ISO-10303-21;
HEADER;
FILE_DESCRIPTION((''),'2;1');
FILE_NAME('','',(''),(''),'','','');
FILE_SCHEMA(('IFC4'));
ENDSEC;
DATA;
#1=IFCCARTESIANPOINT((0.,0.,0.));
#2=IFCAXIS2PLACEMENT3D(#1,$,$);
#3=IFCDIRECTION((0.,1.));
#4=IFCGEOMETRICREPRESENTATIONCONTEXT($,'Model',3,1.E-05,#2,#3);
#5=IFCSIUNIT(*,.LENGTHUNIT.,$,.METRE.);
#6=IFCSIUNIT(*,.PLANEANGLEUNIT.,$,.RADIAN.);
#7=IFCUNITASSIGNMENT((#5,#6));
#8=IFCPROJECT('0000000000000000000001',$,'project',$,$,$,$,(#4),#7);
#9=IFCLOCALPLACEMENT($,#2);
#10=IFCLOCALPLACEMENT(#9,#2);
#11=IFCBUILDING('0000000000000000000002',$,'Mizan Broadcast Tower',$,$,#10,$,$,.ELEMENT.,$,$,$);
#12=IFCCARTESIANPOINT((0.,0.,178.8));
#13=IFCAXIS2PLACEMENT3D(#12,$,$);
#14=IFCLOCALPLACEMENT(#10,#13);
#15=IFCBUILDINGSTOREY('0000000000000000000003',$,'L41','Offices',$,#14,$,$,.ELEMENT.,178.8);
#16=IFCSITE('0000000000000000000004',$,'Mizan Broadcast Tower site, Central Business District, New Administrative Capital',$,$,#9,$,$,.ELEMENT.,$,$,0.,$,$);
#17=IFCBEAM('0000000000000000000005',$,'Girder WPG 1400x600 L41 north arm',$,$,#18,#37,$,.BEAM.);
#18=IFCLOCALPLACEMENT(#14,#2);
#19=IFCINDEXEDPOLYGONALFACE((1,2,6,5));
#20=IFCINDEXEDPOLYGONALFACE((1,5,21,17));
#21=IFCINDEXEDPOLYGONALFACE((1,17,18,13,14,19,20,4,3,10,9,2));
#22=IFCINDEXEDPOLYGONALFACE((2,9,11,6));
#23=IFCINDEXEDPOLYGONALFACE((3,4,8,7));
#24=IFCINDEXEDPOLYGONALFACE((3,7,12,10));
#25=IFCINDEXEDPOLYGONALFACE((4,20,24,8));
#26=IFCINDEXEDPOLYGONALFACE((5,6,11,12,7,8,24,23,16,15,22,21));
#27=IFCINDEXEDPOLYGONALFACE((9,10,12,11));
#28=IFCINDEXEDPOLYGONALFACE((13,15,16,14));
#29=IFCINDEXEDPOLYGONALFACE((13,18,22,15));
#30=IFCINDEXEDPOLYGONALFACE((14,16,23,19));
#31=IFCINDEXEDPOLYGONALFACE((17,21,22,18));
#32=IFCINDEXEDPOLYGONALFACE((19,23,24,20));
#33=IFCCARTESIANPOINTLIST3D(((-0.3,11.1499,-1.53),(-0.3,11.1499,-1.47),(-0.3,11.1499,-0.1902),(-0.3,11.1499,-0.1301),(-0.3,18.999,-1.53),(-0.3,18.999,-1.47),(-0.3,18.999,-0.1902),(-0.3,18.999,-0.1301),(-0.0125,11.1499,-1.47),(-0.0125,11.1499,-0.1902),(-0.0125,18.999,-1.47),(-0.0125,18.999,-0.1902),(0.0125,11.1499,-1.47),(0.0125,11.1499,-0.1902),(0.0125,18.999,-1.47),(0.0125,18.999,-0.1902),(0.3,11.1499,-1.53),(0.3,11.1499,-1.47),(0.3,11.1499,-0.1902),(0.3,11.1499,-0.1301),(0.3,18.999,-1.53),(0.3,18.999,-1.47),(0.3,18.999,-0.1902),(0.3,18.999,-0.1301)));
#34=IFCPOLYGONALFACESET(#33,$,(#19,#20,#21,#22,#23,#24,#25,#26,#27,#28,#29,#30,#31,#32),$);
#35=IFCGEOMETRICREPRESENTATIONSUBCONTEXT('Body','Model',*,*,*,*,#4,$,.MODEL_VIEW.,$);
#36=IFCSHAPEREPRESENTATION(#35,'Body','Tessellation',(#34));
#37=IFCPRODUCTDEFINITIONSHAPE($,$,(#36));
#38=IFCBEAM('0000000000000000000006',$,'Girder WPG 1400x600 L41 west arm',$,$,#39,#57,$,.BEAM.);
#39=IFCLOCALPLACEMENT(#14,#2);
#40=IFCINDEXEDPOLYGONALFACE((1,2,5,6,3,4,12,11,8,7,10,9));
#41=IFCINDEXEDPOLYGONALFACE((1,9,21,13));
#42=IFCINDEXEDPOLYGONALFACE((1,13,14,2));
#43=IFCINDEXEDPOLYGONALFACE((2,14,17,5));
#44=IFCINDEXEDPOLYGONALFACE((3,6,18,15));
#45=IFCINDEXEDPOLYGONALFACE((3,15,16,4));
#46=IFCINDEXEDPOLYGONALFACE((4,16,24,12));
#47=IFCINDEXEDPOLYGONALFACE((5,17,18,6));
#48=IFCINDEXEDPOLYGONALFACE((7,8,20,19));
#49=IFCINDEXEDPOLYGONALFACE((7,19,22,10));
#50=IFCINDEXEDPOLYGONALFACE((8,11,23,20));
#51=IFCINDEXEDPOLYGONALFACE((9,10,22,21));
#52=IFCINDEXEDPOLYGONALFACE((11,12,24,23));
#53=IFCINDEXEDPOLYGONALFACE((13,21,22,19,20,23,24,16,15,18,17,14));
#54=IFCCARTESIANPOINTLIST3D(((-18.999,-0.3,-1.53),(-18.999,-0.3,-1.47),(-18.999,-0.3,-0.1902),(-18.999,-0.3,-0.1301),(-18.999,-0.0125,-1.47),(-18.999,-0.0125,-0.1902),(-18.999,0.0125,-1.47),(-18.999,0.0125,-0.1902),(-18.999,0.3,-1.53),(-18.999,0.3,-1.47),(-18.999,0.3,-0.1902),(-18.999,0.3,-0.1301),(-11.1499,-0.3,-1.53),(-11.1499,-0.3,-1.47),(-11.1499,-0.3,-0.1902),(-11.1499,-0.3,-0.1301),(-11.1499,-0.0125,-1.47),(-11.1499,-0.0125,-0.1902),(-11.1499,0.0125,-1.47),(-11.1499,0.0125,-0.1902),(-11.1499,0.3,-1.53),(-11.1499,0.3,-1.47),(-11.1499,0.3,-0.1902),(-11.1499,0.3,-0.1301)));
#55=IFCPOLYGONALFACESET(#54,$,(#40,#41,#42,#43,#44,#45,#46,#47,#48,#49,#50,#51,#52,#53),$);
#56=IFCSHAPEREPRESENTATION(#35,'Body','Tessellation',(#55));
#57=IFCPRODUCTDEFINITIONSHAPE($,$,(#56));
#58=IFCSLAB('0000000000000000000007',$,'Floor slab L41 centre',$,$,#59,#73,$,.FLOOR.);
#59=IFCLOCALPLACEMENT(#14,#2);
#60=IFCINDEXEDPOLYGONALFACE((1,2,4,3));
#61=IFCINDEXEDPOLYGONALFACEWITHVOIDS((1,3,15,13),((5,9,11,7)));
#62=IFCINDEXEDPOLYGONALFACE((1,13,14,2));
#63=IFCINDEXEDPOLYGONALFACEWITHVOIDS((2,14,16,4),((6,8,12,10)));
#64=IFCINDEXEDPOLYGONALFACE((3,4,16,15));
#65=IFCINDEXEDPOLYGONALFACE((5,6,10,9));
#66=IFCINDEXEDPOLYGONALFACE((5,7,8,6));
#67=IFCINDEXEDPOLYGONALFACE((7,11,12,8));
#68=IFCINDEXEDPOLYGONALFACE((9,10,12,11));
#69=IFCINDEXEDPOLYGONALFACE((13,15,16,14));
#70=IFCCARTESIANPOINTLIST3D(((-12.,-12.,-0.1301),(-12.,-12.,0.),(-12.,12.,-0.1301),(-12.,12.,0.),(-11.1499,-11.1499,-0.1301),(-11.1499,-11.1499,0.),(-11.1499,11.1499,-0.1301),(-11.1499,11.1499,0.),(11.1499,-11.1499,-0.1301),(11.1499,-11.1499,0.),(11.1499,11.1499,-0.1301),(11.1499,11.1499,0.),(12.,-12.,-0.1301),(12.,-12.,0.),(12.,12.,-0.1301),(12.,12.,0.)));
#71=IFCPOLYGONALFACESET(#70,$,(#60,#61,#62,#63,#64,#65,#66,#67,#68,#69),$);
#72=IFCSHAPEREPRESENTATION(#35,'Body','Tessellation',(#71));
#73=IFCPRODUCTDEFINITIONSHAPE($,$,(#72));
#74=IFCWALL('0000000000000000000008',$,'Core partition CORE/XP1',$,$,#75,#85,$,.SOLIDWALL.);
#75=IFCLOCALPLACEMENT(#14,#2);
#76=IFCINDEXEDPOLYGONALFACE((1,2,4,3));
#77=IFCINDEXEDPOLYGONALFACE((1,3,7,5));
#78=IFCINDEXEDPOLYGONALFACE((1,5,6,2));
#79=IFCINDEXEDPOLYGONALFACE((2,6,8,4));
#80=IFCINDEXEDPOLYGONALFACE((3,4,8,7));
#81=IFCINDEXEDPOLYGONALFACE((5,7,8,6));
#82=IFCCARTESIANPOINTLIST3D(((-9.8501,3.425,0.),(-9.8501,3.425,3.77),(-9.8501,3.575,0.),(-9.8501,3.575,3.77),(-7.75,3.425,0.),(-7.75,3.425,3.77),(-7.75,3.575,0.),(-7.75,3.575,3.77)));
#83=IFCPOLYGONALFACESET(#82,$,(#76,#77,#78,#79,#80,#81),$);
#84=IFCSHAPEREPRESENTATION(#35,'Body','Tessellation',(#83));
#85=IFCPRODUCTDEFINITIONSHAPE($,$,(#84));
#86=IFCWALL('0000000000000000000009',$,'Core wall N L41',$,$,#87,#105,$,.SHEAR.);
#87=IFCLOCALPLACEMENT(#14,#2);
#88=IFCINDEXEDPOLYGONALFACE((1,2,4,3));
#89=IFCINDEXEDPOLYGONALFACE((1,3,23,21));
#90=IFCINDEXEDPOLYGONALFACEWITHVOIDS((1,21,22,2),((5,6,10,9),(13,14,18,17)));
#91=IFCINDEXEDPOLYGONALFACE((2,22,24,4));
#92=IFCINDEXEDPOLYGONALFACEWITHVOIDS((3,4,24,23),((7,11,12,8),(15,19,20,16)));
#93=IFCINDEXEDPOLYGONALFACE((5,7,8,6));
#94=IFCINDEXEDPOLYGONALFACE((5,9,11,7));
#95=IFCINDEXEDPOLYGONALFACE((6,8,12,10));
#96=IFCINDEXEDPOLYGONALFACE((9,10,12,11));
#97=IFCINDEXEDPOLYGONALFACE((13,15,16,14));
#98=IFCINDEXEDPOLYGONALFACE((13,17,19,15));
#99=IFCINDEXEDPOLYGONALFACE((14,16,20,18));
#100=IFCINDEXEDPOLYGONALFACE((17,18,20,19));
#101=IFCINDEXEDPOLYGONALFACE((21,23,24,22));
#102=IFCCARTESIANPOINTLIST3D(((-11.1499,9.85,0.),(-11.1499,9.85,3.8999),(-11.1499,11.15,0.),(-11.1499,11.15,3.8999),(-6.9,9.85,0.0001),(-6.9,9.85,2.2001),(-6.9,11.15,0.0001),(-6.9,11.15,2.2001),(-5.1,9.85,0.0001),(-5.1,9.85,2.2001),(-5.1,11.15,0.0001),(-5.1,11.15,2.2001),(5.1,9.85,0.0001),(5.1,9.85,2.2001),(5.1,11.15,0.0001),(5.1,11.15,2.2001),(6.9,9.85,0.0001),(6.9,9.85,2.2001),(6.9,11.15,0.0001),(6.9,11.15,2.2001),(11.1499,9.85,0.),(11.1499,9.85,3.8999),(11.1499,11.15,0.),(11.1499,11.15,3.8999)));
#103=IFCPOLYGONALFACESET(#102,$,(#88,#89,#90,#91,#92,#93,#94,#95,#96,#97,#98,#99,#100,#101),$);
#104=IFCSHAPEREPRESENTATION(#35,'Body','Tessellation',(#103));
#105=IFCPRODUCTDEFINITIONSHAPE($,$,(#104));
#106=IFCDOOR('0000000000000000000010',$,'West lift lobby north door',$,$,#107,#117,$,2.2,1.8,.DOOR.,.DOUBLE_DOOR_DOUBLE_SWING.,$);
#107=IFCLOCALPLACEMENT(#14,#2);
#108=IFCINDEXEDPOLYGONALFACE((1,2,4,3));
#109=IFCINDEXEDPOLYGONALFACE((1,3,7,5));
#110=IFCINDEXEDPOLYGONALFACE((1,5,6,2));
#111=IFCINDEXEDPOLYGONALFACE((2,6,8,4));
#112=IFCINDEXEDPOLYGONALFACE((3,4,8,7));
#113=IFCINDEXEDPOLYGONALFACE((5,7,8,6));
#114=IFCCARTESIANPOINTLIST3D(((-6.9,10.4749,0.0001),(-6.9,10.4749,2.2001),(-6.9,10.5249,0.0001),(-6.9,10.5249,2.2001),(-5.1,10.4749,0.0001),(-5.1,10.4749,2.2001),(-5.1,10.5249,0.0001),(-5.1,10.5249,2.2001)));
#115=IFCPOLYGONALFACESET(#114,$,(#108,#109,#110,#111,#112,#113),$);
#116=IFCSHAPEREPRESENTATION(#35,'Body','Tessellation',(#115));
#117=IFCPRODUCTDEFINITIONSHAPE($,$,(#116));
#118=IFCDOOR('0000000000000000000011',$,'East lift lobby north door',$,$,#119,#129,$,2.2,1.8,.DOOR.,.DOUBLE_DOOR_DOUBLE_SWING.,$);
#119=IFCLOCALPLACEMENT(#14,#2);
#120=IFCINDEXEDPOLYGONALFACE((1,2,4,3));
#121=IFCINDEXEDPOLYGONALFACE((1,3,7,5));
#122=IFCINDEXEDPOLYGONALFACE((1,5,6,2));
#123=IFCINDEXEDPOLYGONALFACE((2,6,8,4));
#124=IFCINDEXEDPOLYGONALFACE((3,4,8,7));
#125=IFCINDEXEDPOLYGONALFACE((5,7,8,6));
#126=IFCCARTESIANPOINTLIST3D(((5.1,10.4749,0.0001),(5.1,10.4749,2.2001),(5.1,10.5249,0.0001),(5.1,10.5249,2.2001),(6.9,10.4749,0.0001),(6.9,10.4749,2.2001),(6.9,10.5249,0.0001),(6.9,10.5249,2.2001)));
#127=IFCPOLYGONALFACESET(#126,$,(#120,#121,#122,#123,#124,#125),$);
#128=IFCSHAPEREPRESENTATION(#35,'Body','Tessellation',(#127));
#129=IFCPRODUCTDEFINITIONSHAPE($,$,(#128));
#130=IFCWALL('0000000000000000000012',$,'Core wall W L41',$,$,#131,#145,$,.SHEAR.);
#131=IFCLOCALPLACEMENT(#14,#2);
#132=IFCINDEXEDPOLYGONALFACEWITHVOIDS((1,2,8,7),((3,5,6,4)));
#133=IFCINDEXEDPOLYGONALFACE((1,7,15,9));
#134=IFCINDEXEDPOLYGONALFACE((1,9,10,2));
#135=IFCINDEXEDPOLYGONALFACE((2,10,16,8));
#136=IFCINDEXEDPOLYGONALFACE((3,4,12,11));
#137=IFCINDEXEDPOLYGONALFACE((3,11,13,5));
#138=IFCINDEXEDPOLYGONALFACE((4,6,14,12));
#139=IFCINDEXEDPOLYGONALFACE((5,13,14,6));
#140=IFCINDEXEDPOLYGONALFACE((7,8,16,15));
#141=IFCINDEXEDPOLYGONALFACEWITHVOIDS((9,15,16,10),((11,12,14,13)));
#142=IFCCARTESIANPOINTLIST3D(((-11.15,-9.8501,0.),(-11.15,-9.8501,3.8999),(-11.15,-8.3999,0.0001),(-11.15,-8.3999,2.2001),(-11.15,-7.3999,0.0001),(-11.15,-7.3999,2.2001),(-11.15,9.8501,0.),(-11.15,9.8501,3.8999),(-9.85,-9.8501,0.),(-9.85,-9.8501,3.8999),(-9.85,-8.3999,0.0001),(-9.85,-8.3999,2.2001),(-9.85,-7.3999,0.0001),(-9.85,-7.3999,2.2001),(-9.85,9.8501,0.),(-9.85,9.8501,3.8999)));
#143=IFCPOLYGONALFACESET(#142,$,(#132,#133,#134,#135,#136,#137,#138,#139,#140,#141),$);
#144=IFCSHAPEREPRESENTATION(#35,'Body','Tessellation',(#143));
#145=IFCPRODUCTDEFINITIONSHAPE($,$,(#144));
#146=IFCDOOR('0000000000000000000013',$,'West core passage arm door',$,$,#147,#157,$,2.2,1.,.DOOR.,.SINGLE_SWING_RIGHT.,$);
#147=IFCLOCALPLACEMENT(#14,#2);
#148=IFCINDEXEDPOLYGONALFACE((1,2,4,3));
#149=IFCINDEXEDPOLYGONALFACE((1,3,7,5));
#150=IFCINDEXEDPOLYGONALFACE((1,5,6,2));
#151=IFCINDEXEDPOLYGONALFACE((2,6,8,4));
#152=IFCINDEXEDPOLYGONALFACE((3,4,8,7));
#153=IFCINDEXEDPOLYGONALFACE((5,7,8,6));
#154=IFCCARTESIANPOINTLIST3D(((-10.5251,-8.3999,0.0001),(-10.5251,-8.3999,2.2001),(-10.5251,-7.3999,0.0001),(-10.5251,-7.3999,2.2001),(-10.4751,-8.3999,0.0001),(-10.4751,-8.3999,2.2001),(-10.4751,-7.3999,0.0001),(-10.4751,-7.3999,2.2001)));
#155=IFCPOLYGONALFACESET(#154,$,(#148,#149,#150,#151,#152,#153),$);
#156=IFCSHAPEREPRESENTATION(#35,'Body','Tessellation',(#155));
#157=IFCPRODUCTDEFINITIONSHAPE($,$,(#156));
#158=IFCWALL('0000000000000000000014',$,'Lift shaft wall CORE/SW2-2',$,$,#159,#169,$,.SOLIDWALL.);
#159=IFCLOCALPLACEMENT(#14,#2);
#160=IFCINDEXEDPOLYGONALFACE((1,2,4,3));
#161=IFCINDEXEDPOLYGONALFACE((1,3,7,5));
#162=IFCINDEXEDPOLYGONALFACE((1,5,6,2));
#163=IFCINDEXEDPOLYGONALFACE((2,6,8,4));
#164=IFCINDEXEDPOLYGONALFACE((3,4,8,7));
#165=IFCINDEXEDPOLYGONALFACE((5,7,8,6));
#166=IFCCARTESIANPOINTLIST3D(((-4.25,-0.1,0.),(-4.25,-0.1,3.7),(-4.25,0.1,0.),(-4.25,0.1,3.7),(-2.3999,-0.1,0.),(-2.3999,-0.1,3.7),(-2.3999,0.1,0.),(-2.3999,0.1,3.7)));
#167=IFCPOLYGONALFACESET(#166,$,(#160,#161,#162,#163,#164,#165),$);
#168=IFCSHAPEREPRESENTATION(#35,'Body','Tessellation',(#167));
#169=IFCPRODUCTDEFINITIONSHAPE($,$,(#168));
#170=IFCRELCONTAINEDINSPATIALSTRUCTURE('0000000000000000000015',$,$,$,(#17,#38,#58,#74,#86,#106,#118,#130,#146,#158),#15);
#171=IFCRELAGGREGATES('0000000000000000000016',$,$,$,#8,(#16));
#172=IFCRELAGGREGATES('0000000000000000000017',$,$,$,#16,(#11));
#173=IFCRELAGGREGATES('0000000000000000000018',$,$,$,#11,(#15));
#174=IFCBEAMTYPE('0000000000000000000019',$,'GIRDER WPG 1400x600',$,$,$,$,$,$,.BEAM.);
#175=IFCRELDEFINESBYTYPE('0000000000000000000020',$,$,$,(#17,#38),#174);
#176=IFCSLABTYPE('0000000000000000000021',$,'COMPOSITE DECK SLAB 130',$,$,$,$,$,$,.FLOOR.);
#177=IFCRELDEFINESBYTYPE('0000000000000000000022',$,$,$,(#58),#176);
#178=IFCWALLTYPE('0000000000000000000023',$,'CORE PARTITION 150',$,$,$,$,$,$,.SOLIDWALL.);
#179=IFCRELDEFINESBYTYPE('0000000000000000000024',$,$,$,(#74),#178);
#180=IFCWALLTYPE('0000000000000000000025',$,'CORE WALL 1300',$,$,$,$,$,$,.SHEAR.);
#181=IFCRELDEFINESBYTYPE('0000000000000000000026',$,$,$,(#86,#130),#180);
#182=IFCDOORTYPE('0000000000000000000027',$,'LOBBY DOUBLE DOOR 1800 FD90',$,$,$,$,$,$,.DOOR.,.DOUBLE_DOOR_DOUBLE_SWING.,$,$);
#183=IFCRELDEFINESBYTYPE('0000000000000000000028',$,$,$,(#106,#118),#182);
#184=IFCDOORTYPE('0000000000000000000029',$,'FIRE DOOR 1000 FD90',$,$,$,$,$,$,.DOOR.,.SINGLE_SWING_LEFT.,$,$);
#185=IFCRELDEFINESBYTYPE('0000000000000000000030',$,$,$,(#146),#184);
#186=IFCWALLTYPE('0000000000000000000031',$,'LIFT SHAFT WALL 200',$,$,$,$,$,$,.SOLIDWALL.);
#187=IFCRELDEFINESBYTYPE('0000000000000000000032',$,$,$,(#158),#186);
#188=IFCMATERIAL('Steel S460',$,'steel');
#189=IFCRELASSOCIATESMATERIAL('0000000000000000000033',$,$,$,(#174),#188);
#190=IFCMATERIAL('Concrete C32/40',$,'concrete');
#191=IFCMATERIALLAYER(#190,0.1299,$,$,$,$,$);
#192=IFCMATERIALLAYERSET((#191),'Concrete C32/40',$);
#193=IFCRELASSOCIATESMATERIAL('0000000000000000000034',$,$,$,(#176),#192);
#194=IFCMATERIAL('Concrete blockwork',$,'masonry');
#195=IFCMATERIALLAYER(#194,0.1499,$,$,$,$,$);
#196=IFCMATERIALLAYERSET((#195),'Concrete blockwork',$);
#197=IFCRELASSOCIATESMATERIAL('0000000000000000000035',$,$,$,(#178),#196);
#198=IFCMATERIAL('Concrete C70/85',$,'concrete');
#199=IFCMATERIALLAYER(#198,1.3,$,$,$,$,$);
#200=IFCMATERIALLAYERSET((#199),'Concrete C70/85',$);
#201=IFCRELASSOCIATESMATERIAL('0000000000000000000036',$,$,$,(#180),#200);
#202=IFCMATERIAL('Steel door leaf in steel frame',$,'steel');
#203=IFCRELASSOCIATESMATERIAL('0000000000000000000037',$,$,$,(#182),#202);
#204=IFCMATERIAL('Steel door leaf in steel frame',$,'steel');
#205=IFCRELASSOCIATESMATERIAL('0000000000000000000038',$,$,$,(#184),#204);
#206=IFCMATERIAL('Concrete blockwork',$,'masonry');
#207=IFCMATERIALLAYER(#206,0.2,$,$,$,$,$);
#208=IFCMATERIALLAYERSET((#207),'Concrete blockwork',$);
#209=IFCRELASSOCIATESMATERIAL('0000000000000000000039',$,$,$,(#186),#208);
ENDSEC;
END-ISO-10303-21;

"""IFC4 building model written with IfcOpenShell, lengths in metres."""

from ifc_helpers import new_model, si_unit, direction, frame, frame_2d, origin, origin_2d, place, context, subcontext, project, spatial, polyline, rectangle, i_section, outline, extrude, material, layer, layer_set, material_profile, profile_set, type_object, element, fill, save


model = new_model("IFC4")

# Units and contexts
model_context = context("Model", 3, precision=1e-05, world=origin(), true_north=direction((0.0, 1.0)))
body_context = subcontext(model_context, "Body", "Model", "MODEL_VIEW")
ifc_project = project(units=[si_unit("LENGTHUNIT", "METRE"), si_unit("PLANEANGLEUNIT", "RADIAN")], contexts=[model_context])

# Site, building, storey
site_placement = place(None, origin())
site = spatial("IfcSite", under=ifc_project, at=site_placement, Name="Mizan Broadcast Tower site, Central Business District, New Administrative Capital", CompositionType="ELEMENT", RefElevation=0.0)
building_placement = place(site_placement, origin())
building = spatial("IfcBuilding", under=site, at=building_placement, Name="Mizan Broadcast Tower", CompositionType="ELEMENT")
storey_placement = place(building_placement, frame((0.0, 0.0, 178.8)))
storey = spatial("IfcBuildingStorey", under=building, at=storey_placement, Name="L41", Description="Offices", CompositionType="ELEMENT", Elevation=178.8)

# Beams
ifc_material_1 = material(Name="Steel S460", Category="steel")
ifc_material_profile = material_profile(ifc_material_1, i_section(OverallWidth=0.6001, OverallDepth=1.3999, WebThickness=0.0249, FlangeThickness=0.0601, at=origin_2d()), Name="WPG 1400x600")
ifc_profile_set = profile_set([ifc_material_profile], Name="Steel S460")
beam_type = type_object("IfcBeamType", Name="GIRDER WPG 1400x600", PredefinedType="BEAM", material=ifc_profile_set)
for number, where, z_axis, x_axis, name in (
    (1, (0.0, 11.1499, -0.8301), (0.0, 1.0, 0.0), (-1.0, 0.0, 0.0), "Girder WPG 1400x600 L41 north arm"),
    (2, (-11.1499, 0.0, -0.8301), (-1.0, 0.0, 0.0), (0.0, -1.0, 0.0), "Girder WPG 1400x600 L41 west arm"),
):
    element("IfcBeam", number, at=place(storey_placement, frame(where, z_axis=z_axis, x_axis=x_axis)), inside=storey, type_object=beam_type, Name=name, PredefinedType="BEAM", context=body_context, shape_type="SweptSolid", body=[
        extrude(i_section(OverallWidth=0.6001, OverallDepth=1.3999, WebThickness=0.0249, FlangeThickness=0.0601, at=origin_2d()), origin(), (0.0, 0.0, 1.0), 7.8491),
    ])

# Slab
ifc_material_2 = material(Name="Concrete C32/40", Category="concrete")
ifc_layer_1 = layer(ifc_material_2, 0.1299)
ifc_layer_set_1 = layer_set([ifc_layer_1], Name="Concrete C32/40")
slab_type = type_object("IfcSlabType", Name="COMPOSITE DECK SLAB 130", PredefinedType="FLOOR", material=ifc_layer_set_1)
slab_placement = place(storey_placement, frame((0.0, 0.0, -0.1301)))
element("IfcSlab", 3, at=slab_placement, inside=storey, type_object=slab_type, Name="Floor slab L41 centre", PredefinedType="FLOOR", context=body_context, shape_type="SweptSolid", body=[
    extrude(outline(polyline([(-12.0, -12.0), (12.0, -12.0), (12.0, 12.0), (-12.0, 12.0), (-12.0, -12.0)]), holes=[polyline([(-11.1499, 11.1499), (11.1499, 11.1499), (11.1499, -11.1499), (-11.1499, -11.1499), (-11.1499, 11.1499)])]), origin(), (0.0, 0.0, 1.0), 0.1301),
])

# Wall
ifc_material_3 = material(Name="Concrete blockwork", Category="masonry")
ifc_layer_2 = layer(ifc_material_3, 0.1499)
ifc_layer_set_2 = layer_set([ifc_layer_2], Name="Concrete blockwork")
wall_type_1 = type_object("IfcWallType", Name="CORE PARTITION 150", PredefinedType="SOLIDWALL", material=ifc_layer_set_2)
wall_1_placement = place(storey_placement, frame((-9.8501, 3.5, 0.0), z_axis=(0.0, 0.0, 1.0), x_axis=(1.0, 0.0, 0.0)))
element("IfcWall", 4, at=wall_1_placement, inside=storey, type_object=wall_type_1, Name="Core partition CORE/XP1", PredefinedType="SOLIDWALL", context=body_context, shape_type="SweptSolid", body=[
    extrude(rectangle(XDim=2.1001, YDim=0.1499, at=frame_2d((1.05, 0.0))), origin(), (0.0, 0.0, 1.0), 3.77),
])

# Wall, openings, doors
ifc_material_4 = material(Name="Concrete C70/85", Category="concrete")
ifc_layer_3 = layer(ifc_material_4, 1.3)
ifc_layer_set_3 = layer_set([ifc_layer_3], Name="Concrete C70/85")
wall_type_2 = type_object("IfcWallType", Name="CORE WALL 1300", PredefinedType="SHEAR", material=ifc_layer_set_3)
wall_2_placement = place(storey_placement, frame((-11.1499, 10.5, 0.0), z_axis=(0.0, 0.0, 1.0), x_axis=(1.0, 0.0, 0.0)))
wall_2 = element("IfcWall", 5, at=wall_2_placement, inside=storey, type_object=wall_type_2, Name="Core wall N L41", PredefinedType="SHEAR", context=body_context, shape_type="SweptSolid", body=[
    extrude(rectangle(XDim=22.2998, YDim=1.3, at=frame_2d((11.1499, 0.0))), origin(), (0.0, 0.0, 1.0), 3.8999),
])
opening_1_placement = place(wall_2_placement, frame((4.25, 0.0, 0.0)))
opening_1 = element("IfcOpeningElement", 6, at=opening_1_placement, cuts=wall_2, PredefinedType="OPENING", context=body_context, shape_type="SweptSolid", body=[
    extrude(rectangle(XDim=1.8, YDim=2.2, at=frame_2d((0.8999, 1.1001))), frame((0.0, 0.6599, 0.0), z_axis=(0.0, -1.0, 0.0), x_axis=(1.0, 0.0, 0.0)), (0.0, 0.0, 1.0), 1.3201),
])
opening_2_placement = place(wall_2_placement, frame((16.25, 0.0, 0.0)))
opening_2 = element("IfcOpeningElement", 7, at=opening_2_placement, cuts=wall_2, PredefinedType="OPENING", context=body_context, shape_type="SweptSolid", body=[
    extrude(rectangle(XDim=1.8, YDim=2.2, at=frame_2d((0.8999, 1.1001))), frame((0.0, 0.6599, 0.0), z_axis=(0.0, -1.0, 0.0), x_axis=(1.0, 0.0, 0.0)), (0.0, 0.0, 1.0), 1.3201),
])
ifc_material_5 = material(Name="Steel door leaf in steel frame", Category="steel")
door_type_1 = type_object("IfcDoorType", Name="LOBBY DOUBLE DOOR 1800 FD90", OperationType="DOUBLE_DOOR_DOUBLE_SWING", PredefinedType="DOOR", material=ifc_material_5)
door_1_placement = place(opening_1_placement, origin())
door_1 = element("IfcDoor", 8, at=door_1_placement, inside=storey, type_object=door_type_1, Name="West lift lobby north door", OperationType="DOUBLE_DOOR_DOUBLE_SWING", OverallHeight=2.2, OverallWidth=1.8, PredefinedType="DOOR", context=body_context, shape_type="SweptSolid", body=[
    extrude(rectangle(XDim=1.8, YDim=2.2, at=frame_2d((0.8999, 1.1001))), frame((0.0, 0.0249, 0.0), z_axis=(0.0, -1.0, 0.0), x_axis=(1.0, 0.0, 0.0)), (0.0, 0.0, 1.0), 0.05),
])
fill(opening_1, door_1)
door_2_placement = place(opening_2_placement, origin())
door_2 = element("IfcDoor", 9, at=door_2_placement, inside=storey, type_object=door_type_1, Name="East lift lobby north door", OperationType="DOUBLE_DOOR_DOUBLE_SWING", OverallHeight=2.2, OverallWidth=1.8, PredefinedType="DOOR", context=body_context, shape_type="SweptSolid", body=[
    extrude(rectangle(XDim=1.8, YDim=2.2, at=frame_2d((0.8999, 1.1001))), frame((0.0, 0.0249, 0.0), z_axis=(0.0, -1.0, 0.0), x_axis=(1.0, 0.0, 0.0)), (0.0, 0.0, 1.0), 0.05),
])
fill(opening_2, door_2)

# Wall, opening, door
wall_3_placement = place(storey_placement, frame((-10.5, 9.8501, 0.0), z_axis=(0.0, 0.0, 1.0), x_axis=(0.0, -1.0, 0.0)))
wall_3 = element("IfcWall", 10, at=wall_3_placement, inside=storey, type_object=wall_type_2, Name="Core wall W L41", PredefinedType="SHEAR", context=body_context, shape_type="SweptSolid", body=[
    extrude(rectangle(XDim=19.7002, YDim=1.3, at=frame_2d((9.8501, 0.0))), origin(), (0.0, 0.0, 1.0), 3.8999),
])
opening_3_placement = place(wall_3_placement, frame((17.25, 0.0, 0.0)))
opening_3 = element("IfcOpeningElement", 11, at=opening_3_placement, cuts=wall_3, PredefinedType="OPENING", context=body_context, shape_type="SweptSolid", body=[
    extrude(rectangle(XDim=1.0, YDim=2.2, at=frame_2d((0.5, 1.1001))), frame((0.0, 0.6599, 0.0), z_axis=(0.0, -1.0, 0.0), x_axis=(1.0, 0.0, 0.0)), (0.0, 0.0, 1.0), 1.3201),
])
ifc_material_6 = material(Name="Steel door leaf in steel frame", Category="steel")
door_type_2 = type_object("IfcDoorType", Name="FIRE DOOR 1000 FD90", OperationType="SINGLE_SWING_LEFT", PredefinedType="DOOR", material=ifc_material_6)
door_3_placement = place(opening_3_placement, origin())
door_3 = element("IfcDoor", 12, at=door_3_placement, inside=storey, type_object=door_type_2, Name="West core passage arm door", OperationType="SINGLE_SWING_RIGHT", OverallHeight=2.2, OverallWidth=1.0, PredefinedType="DOOR", context=body_context, shape_type="SweptSolid", body=[
    extrude(rectangle(XDim=1.0, YDim=2.2, at=frame_2d((0.5, 1.1001))), frame((0.0, 0.0249, 0.0), z_axis=(0.0, -1.0, 0.0), x_axis=(1.0, 0.0, 0.0)), (0.0, 0.0, 1.0), 0.05),
])
fill(opening_3, door_3)

# Wall
ifc_material_7 = material(Name="Concrete blockwork", Category="masonry")
ifc_layer_4 = layer(ifc_material_7, 0.2)
ifc_layer_set_4 = layer_set([ifc_layer_4], Name="Concrete blockwork")
wall_type_3 = type_object("IfcWallType", Name="LIFT SHAFT WALL 200", PredefinedType="SOLIDWALL", material=ifc_layer_set_4)
for number, where, z_axis, x_axis, name in (
    (13, (-4.25, 0.0, 0.0), (0.0, 0.0, 1.0), (1.0, 0.0, 0.0), "Lift shaft wall CORE/SW2-2"),
):
    element("IfcWall", number, at=place(storey_placement, frame(where, z_axis=z_axis, x_axis=x_axis)), inside=storey, type_object=wall_type_3, Name=name, PredefinedType="SOLIDWALL", context=body_context, shape_type="SweptSolid", body=[
        extrude(rectangle(XDim=1.8501, YDim=0.2, at=frame_2d((0.925, 0.0))), origin(), (0.0, 0.0, 1.0), 3.7),
    ])

save(model, "model.ifc")
